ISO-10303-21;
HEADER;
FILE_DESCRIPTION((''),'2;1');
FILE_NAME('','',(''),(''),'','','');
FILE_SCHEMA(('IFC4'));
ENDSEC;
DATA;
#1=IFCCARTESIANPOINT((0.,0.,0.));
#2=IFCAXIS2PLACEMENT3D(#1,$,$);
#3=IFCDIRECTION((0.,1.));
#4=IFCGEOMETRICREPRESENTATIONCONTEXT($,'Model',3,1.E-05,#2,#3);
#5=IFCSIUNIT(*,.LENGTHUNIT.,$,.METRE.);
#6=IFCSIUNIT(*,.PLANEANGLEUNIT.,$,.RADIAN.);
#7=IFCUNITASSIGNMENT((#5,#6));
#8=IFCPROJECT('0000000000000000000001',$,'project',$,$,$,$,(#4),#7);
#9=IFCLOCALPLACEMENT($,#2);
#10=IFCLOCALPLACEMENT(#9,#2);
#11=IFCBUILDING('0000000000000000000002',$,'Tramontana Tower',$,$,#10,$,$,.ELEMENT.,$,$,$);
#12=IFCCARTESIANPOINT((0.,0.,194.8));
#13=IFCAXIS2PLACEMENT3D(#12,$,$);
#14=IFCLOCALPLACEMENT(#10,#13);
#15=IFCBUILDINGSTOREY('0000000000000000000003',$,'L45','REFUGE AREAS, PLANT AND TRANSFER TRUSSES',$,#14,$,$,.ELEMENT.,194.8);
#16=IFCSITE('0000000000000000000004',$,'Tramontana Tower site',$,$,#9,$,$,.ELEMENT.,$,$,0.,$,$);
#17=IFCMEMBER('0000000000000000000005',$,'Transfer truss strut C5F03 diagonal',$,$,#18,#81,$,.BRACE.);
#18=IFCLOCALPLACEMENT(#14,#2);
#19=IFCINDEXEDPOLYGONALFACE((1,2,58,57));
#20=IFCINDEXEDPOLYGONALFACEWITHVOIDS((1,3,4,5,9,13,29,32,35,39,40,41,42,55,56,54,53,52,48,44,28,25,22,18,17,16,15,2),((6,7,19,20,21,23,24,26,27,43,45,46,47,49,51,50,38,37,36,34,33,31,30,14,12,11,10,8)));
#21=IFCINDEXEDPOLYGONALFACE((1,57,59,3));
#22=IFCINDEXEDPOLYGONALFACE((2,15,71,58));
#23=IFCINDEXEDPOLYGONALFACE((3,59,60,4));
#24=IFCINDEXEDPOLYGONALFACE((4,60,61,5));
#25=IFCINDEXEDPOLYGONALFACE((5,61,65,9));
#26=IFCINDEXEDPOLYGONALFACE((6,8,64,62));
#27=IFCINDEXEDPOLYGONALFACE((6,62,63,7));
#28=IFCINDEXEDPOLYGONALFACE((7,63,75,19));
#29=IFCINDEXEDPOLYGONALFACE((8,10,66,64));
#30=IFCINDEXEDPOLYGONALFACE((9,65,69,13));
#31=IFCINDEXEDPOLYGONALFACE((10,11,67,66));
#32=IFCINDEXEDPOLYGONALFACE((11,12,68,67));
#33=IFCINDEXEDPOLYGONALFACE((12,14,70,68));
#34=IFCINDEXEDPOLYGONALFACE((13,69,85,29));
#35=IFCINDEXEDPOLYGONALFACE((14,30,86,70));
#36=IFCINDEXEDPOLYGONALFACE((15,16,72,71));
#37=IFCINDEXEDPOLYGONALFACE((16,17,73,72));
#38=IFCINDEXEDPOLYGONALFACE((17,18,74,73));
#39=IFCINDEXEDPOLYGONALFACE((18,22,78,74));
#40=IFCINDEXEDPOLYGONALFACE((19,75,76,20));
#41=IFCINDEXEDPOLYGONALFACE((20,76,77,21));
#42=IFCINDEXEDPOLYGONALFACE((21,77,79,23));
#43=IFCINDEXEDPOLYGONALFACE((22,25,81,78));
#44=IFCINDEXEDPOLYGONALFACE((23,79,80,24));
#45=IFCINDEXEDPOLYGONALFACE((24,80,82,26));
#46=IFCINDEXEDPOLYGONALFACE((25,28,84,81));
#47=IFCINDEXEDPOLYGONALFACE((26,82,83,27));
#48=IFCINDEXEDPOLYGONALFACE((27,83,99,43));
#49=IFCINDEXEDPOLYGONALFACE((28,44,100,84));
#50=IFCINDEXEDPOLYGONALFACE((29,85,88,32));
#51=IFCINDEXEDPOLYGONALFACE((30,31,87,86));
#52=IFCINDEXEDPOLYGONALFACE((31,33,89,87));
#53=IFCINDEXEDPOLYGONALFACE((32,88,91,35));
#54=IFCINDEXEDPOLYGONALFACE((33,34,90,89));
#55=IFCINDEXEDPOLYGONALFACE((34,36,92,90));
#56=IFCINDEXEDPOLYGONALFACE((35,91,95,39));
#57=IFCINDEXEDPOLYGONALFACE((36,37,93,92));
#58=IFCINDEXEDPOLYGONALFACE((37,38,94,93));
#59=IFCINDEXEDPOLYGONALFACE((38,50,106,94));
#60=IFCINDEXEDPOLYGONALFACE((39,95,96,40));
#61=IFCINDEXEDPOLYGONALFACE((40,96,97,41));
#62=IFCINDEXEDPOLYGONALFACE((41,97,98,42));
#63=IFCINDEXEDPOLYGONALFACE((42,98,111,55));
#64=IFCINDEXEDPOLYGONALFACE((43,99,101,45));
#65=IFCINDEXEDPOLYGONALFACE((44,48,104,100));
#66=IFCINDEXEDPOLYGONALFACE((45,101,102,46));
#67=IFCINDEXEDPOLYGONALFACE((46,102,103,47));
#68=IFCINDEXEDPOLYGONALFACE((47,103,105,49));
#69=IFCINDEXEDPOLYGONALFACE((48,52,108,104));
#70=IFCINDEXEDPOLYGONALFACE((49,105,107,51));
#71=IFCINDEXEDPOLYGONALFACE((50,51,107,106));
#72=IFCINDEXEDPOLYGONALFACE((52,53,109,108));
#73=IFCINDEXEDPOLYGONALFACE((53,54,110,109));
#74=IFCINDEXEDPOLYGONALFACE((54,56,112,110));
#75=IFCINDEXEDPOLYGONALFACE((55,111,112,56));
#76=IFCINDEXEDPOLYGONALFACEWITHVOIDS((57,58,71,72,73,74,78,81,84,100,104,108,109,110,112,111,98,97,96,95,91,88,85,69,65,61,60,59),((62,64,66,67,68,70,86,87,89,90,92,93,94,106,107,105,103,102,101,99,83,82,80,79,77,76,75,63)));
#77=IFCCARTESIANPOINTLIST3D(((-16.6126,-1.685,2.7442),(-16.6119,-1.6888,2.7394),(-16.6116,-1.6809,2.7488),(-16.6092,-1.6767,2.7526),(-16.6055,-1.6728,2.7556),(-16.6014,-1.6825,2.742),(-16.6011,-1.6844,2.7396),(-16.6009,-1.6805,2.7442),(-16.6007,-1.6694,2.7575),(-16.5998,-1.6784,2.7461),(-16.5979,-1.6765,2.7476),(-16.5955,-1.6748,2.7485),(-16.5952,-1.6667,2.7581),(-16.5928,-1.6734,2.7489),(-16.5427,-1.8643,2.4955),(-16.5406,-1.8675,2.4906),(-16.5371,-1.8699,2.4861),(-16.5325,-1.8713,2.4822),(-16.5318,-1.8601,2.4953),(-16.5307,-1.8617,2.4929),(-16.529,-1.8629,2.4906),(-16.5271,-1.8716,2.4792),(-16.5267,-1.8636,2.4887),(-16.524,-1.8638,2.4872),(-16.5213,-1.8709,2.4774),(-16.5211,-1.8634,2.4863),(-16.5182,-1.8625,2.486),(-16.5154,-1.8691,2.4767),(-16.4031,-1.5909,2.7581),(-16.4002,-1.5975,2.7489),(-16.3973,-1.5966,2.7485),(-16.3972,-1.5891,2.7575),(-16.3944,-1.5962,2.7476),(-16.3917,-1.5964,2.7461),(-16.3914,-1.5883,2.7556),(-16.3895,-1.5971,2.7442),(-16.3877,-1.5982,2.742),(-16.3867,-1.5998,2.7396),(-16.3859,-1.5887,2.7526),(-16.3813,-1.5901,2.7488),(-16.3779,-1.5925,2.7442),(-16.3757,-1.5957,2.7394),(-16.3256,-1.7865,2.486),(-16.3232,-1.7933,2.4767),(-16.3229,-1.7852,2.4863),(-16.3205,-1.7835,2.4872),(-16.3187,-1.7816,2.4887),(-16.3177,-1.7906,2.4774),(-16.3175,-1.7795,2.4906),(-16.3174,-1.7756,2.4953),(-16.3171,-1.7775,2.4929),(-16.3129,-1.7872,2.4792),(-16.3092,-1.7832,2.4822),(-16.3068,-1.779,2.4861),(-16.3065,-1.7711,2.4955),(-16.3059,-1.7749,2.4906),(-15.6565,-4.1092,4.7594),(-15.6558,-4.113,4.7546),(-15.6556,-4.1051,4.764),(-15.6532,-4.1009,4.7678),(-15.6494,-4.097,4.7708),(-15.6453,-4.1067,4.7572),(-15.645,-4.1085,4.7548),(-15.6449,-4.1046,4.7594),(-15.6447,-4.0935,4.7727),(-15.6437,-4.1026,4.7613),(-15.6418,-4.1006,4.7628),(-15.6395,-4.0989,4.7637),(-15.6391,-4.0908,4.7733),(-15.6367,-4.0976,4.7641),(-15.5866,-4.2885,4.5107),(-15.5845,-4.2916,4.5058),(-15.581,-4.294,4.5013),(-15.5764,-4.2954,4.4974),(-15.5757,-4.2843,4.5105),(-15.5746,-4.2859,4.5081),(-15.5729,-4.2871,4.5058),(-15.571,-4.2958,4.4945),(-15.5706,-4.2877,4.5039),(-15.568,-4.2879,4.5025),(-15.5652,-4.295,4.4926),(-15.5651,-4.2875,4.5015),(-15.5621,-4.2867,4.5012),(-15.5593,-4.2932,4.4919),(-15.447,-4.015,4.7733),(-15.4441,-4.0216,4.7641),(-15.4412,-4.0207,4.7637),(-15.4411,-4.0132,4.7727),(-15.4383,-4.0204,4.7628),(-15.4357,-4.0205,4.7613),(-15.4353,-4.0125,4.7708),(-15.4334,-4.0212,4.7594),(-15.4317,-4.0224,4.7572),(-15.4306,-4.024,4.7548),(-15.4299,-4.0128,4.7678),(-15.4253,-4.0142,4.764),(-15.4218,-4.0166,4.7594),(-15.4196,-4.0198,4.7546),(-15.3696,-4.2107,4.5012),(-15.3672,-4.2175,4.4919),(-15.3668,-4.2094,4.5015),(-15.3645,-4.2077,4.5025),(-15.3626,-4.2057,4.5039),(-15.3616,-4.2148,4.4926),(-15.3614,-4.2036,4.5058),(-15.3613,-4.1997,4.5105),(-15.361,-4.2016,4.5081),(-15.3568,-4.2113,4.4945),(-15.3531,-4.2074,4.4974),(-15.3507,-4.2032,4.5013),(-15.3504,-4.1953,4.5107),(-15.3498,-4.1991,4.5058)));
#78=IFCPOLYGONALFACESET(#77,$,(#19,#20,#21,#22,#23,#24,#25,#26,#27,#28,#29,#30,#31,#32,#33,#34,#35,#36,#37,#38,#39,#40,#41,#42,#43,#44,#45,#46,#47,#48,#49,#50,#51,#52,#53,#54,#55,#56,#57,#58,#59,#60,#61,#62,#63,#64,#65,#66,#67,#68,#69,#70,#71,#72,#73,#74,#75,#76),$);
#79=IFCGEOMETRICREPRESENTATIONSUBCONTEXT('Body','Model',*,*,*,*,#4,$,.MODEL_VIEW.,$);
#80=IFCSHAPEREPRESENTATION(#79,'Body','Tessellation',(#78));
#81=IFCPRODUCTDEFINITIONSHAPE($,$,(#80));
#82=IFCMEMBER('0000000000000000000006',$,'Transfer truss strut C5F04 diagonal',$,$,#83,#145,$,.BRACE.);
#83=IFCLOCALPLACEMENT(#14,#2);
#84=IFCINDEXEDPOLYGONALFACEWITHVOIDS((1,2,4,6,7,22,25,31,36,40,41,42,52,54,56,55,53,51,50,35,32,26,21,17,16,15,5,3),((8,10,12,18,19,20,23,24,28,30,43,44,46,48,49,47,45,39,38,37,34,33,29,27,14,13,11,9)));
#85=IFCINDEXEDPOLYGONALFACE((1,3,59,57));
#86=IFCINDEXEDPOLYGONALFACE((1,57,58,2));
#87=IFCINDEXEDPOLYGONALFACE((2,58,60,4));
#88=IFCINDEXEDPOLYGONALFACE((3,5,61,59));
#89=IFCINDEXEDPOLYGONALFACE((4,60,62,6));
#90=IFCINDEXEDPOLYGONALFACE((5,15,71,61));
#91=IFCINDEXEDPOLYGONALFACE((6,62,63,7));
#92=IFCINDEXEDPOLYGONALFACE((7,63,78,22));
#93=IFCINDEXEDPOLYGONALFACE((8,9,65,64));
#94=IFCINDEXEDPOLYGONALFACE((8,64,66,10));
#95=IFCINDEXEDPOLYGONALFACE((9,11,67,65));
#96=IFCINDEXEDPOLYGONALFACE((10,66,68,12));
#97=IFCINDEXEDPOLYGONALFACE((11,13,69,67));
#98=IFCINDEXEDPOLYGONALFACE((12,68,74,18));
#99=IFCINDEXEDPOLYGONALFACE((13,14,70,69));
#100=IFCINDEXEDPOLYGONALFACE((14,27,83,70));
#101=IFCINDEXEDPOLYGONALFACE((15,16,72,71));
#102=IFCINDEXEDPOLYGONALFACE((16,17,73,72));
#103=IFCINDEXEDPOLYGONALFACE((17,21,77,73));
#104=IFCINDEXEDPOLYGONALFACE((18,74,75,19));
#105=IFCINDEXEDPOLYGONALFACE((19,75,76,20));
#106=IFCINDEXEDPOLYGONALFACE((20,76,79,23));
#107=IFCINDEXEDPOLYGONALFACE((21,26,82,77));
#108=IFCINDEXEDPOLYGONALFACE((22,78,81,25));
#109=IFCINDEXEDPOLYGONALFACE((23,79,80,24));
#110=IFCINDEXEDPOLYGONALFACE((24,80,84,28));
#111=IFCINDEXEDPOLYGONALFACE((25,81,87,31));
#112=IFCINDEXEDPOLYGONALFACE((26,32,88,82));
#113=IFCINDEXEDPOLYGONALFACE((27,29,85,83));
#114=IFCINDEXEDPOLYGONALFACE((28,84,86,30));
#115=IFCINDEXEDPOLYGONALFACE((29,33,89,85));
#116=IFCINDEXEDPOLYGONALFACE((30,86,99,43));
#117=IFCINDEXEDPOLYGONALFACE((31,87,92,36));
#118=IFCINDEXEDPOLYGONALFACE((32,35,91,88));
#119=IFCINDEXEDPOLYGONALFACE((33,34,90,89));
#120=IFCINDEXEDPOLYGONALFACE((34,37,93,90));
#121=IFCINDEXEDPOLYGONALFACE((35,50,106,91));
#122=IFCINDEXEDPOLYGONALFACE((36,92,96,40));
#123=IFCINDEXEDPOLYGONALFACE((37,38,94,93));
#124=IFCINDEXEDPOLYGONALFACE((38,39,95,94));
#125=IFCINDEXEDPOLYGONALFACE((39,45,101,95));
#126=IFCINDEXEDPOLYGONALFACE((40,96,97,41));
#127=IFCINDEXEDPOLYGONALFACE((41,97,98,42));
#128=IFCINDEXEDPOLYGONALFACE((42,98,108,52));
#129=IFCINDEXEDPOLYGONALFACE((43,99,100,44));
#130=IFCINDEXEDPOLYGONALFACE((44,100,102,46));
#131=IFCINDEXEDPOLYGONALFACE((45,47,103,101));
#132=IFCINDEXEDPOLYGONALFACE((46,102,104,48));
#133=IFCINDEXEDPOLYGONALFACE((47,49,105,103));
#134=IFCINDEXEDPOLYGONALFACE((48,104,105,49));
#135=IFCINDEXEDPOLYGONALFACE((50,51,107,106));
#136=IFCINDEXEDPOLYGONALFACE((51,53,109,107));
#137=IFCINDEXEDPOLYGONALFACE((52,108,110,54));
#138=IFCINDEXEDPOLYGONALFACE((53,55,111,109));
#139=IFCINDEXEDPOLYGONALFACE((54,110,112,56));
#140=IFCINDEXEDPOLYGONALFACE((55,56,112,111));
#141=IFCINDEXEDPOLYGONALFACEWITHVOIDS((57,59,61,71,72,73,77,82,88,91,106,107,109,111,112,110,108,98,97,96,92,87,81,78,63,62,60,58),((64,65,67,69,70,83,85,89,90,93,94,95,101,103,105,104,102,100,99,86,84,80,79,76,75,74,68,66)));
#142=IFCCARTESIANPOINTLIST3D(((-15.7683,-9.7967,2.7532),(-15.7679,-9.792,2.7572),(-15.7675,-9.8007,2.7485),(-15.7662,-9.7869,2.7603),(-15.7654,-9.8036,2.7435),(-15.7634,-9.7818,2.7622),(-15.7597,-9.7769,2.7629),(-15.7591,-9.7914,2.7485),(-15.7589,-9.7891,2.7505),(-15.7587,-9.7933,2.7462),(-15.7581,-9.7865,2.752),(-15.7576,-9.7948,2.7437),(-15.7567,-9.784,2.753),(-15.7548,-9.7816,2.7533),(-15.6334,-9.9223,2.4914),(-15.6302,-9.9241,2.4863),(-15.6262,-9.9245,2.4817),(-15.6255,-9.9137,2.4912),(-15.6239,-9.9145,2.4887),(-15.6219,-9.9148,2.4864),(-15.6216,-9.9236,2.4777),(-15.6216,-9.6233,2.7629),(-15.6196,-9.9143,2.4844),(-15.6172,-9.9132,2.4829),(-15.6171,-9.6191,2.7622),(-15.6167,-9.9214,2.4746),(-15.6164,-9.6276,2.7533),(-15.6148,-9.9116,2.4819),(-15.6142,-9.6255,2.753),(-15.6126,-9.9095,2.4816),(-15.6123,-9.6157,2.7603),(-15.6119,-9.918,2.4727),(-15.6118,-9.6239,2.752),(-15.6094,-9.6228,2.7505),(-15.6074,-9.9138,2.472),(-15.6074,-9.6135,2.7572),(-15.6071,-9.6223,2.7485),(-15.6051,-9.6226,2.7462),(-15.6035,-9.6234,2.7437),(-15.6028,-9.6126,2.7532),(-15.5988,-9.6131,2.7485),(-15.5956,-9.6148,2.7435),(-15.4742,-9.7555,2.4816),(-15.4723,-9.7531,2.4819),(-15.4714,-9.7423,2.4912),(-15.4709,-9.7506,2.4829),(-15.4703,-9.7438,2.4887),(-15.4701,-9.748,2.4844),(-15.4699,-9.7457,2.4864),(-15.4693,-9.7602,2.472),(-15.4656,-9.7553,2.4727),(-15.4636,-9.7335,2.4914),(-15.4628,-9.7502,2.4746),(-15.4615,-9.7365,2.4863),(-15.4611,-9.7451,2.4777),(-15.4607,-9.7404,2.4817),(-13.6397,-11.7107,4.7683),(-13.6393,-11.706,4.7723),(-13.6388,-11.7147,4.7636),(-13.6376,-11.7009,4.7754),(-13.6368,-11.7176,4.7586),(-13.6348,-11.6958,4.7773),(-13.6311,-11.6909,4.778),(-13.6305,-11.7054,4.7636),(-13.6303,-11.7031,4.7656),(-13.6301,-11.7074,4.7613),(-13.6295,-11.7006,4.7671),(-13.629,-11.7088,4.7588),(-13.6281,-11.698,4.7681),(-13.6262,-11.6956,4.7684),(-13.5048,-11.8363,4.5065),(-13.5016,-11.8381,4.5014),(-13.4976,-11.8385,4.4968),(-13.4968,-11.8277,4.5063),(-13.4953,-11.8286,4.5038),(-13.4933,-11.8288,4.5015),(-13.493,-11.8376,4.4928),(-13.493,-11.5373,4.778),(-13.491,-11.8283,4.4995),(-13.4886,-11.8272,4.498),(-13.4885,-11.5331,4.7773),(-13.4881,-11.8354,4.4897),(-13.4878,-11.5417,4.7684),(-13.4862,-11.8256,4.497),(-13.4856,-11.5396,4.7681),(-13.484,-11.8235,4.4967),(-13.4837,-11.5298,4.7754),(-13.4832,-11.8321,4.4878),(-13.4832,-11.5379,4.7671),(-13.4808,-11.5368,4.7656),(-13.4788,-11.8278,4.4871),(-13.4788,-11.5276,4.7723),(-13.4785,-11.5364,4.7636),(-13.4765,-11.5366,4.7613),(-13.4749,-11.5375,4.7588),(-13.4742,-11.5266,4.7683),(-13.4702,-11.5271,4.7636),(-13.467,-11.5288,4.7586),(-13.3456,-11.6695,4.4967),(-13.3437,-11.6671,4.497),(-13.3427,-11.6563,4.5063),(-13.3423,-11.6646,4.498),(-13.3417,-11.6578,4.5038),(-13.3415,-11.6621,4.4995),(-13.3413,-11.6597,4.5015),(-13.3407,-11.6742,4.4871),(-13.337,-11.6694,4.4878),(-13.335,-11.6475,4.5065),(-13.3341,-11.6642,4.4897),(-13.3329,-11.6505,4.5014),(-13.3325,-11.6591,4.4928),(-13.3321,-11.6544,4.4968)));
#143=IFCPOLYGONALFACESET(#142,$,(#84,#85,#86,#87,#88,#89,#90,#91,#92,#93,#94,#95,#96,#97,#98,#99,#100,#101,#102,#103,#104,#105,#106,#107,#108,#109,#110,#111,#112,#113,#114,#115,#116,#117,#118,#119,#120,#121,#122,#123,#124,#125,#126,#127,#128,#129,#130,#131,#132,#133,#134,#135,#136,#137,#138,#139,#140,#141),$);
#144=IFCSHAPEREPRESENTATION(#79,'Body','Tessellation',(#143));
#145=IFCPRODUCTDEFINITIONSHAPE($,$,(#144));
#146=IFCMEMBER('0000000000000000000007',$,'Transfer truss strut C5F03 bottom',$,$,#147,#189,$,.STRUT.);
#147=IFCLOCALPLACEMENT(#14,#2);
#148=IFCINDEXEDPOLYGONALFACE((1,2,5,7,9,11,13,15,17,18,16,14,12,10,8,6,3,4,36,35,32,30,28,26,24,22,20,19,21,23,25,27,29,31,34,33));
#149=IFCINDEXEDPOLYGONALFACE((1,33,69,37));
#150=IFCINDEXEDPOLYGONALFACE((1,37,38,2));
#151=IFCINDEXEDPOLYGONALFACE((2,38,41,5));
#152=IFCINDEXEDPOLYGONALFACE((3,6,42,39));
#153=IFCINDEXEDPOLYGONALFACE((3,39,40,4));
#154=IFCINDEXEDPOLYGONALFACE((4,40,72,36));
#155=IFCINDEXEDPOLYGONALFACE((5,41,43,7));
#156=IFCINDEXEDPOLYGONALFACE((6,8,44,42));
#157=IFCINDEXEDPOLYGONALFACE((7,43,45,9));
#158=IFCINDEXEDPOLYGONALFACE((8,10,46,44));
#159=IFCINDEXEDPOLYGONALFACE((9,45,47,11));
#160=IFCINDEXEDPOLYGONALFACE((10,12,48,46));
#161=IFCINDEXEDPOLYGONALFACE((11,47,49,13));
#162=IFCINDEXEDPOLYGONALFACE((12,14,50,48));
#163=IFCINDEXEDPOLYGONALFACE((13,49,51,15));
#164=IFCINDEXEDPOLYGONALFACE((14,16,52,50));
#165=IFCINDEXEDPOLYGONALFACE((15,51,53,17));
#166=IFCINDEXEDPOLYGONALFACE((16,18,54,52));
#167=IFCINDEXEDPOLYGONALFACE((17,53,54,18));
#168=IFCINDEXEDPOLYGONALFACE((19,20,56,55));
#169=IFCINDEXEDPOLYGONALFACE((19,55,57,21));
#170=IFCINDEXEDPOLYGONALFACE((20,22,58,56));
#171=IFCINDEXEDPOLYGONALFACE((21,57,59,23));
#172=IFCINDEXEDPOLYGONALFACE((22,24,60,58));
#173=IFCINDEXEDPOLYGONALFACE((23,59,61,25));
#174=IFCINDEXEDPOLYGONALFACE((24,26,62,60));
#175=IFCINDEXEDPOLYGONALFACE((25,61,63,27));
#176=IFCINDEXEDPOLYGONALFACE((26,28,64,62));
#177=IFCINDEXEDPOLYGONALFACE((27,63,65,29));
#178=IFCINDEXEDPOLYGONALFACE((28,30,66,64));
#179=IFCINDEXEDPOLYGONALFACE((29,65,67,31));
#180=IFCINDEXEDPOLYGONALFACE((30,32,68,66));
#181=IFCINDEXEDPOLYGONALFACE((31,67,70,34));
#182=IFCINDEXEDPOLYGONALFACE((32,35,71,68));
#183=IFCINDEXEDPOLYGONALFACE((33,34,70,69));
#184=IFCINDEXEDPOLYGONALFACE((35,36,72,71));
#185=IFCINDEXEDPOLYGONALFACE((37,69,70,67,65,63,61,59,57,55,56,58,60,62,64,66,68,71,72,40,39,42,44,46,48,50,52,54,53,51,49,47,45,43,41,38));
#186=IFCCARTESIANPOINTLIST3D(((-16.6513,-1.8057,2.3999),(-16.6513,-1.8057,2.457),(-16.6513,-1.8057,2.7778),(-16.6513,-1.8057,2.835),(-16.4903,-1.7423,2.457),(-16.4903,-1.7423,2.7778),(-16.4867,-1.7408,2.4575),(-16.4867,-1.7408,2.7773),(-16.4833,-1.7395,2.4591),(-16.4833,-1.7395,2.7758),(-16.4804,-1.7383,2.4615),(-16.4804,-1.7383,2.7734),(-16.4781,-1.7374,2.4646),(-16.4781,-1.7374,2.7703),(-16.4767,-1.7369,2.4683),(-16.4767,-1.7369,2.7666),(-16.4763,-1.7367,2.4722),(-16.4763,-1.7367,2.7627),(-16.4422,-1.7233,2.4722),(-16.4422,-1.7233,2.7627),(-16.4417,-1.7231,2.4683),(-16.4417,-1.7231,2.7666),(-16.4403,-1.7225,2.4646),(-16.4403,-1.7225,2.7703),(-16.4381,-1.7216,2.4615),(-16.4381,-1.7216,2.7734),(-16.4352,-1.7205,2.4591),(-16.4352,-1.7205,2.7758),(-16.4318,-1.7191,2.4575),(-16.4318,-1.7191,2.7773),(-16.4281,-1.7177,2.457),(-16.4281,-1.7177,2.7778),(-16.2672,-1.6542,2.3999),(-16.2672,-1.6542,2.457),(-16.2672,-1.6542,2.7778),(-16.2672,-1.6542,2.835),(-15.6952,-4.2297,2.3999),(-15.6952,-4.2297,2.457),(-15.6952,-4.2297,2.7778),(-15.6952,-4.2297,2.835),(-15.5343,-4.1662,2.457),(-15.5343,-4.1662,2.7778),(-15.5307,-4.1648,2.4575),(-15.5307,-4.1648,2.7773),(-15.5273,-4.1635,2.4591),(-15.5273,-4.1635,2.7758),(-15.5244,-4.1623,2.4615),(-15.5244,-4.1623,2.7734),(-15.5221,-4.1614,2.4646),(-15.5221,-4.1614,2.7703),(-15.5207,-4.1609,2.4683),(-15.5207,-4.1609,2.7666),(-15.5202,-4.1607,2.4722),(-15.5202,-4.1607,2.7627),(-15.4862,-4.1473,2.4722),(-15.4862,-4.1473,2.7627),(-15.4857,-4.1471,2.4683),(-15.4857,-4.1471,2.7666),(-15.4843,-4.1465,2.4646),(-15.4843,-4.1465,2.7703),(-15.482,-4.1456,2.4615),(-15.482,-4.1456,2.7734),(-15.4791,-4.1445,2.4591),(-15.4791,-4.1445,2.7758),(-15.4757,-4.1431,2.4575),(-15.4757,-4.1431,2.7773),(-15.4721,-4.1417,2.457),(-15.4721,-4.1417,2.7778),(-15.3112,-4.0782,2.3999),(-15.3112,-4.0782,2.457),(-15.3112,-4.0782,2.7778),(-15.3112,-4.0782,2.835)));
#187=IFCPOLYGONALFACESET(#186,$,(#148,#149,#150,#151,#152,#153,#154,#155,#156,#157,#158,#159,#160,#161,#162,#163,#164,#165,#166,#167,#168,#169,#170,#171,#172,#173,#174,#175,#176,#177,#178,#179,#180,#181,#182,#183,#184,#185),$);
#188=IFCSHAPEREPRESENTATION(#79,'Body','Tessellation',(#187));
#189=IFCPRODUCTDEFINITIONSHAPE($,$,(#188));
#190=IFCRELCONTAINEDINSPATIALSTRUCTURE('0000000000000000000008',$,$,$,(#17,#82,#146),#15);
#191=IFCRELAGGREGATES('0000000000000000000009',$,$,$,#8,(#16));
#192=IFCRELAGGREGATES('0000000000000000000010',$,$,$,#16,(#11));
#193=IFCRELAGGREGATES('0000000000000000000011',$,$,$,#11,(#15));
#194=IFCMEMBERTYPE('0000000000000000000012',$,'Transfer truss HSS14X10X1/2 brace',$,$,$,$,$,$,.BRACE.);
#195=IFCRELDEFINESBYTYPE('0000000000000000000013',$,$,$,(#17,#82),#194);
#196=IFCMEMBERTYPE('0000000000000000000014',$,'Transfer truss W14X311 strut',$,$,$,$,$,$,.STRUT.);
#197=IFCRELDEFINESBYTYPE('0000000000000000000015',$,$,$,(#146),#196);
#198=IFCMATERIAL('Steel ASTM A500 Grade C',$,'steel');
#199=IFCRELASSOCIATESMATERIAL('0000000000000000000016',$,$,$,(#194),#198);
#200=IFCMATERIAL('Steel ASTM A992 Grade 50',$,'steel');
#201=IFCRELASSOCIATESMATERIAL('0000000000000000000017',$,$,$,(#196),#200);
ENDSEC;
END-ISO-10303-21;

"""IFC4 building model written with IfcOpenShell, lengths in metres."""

from ifc_helpers import new_model, si_unit, direction, frame, origin, origin_2d, place, context, subcontext, project, spatial, hollow_rectangle, i_section, extrude, material, material_profile, profile_set, type_object, element, save


model = new_model("IFC4")

# Units and contexts
model_context = context("Model", 3, precision=1e-05, world=origin(), true_north=direction((0.0, 1.0)))
body_context = subcontext(model_context, "Body", "Model", "MODEL_VIEW")
ifc_project = project(units=[si_unit("LENGTHUNIT", "METRE"), si_unit("PLANEANGLEUNIT", "RADIAN")], contexts=[model_context])

# Site, building, storey
site_placement = place(None, origin())
site = spatial("IfcSite", under=ifc_project, at=site_placement, Name="Tramontana Tower site", CompositionType="ELEMENT", RefElevation=0.0)
building_placement = place(site_placement, origin())
building = spatial("IfcBuilding", under=site, at=building_placement, Name="Tramontana Tower", CompositionType="ELEMENT")
storey_placement = place(building_placement, frame((0.0, 0.0, 194.8)))
storey = spatial("IfcBuildingStorey", under=building, at=storey_placement, Name="L45", Description="REFUGE AREAS, PLANT AND TRANSFER TRUSSES", CompositionType="ELEMENT", Elevation=194.8)

# Members
ifc_material_1 = material(Name="Steel ASTM A500 Grade C", Category="steel")
ifc_material_profile_1 = material_profile(ifc_material_1, hollow_rectangle(XDim=0.2539, YDim=0.3557, WallThickness=0.0117, InnerFilletRadius=0.0117, OuterFilletRadius=0.0237, at=origin_2d()), Name="HSS14X10X1/2")
ifc_profile_set_1 = profile_set([ifc_material_profile_1], Name="Steel ASTM A500 Grade C")
member_type_1 = type_object("IfcMemberType", Name="Transfer truss HSS14X10X1/2 brace", PredefinedType="BRACE", material=ifc_profile_set_1)
member_1_placement = place(storey_placement, frame((-16.4592, -1.73, 2.6174), z_axis=(0.290234, -0.735888, 0.611745), x_axis=(0.930262, 0.366896, 0.0)))
element("IfcMember", 1, at=member_1_placement, inside=storey, type_object=member_type_1, Name="Transfer truss strut C5F03 diagonal", PredefinedType="BRACE", context=body_context, shape_type="SweptSolid", body=[
    extrude(hollow_rectangle(XDim=0.2539, YDim=0.3557, WallThickness=0.0117, InnerFilletRadius=0.0117, OuterFilletRadius=0.0237, at=origin_2d()), origin(), (0.0, 0.0, 1.0), 3.2942),
])
member_2_placement = place(storey_placement, frame((-15.6145, -9.7686, 2.6174), z_axis=(0.60805, -0.54675, 0.575621), x_axis=(0.66863, 0.743595, 0.0)))
element("IfcMember", 2, at=member_2_placement, inside=storey, type_object=member_type_1, Name="Transfer truss strut C5F04 diagonal", PredefinedType="BRACE", context=body_context, shape_type="SweptSolid", body=[
    extrude(hollow_rectangle(XDim=0.2539, YDim=0.3557, WallThickness=0.0117, InnerFilletRadius=0.0117, OuterFilletRadius=0.0237, at=origin_2d()), origin(), (0.0, 0.0, 1.0), 3.5007),
])
ifc_material_2 = material(Name="Steel ASTM A992 Grade 50", Category="steel")
ifc_material_profile_2 = material_profile(ifc_material_2, i_section(OverallWidth=0.4128, OverallDepth=0.4351, WebThickness=0.0366, FlangeThickness=0.0571, FilletRadius=0.0151, at=origin_2d()), Name="W14X311")
ifc_profile_set_2 = profile_set([ifc_material_profile_2], Name="Steel ASTM A992 Grade 50")
member_type_2 = type_object("IfcMemberType", Name="Transfer truss W14X311 strut", PredefinedType="STRUT", material=ifc_profile_set_2)
member_3_placement = place(storey_placement, frame((-16.4592, -1.73, 2.6174), z_axis=(0.366896, -0.930262, 0.0), x_axis=(0.930262, 0.366896, 0.0)))
element("IfcMember", 3, at=member_3_placement, inside=storey, type_object=member_type_2, Name="Transfer truss strut C5F03 bottom", PredefinedType="STRUT", context=body_context, shape_type="SweptSolid", body=[
    extrude(i_section(OverallWidth=0.4128, OverallDepth=0.4351, WebThickness=0.0366, FlangeThickness=0.0571, FilletRadius=0.0151, at=origin_2d()), origin(), (0.0, 0.0, 1.0), 2.6057),
])

save(model, "model.ifc")
